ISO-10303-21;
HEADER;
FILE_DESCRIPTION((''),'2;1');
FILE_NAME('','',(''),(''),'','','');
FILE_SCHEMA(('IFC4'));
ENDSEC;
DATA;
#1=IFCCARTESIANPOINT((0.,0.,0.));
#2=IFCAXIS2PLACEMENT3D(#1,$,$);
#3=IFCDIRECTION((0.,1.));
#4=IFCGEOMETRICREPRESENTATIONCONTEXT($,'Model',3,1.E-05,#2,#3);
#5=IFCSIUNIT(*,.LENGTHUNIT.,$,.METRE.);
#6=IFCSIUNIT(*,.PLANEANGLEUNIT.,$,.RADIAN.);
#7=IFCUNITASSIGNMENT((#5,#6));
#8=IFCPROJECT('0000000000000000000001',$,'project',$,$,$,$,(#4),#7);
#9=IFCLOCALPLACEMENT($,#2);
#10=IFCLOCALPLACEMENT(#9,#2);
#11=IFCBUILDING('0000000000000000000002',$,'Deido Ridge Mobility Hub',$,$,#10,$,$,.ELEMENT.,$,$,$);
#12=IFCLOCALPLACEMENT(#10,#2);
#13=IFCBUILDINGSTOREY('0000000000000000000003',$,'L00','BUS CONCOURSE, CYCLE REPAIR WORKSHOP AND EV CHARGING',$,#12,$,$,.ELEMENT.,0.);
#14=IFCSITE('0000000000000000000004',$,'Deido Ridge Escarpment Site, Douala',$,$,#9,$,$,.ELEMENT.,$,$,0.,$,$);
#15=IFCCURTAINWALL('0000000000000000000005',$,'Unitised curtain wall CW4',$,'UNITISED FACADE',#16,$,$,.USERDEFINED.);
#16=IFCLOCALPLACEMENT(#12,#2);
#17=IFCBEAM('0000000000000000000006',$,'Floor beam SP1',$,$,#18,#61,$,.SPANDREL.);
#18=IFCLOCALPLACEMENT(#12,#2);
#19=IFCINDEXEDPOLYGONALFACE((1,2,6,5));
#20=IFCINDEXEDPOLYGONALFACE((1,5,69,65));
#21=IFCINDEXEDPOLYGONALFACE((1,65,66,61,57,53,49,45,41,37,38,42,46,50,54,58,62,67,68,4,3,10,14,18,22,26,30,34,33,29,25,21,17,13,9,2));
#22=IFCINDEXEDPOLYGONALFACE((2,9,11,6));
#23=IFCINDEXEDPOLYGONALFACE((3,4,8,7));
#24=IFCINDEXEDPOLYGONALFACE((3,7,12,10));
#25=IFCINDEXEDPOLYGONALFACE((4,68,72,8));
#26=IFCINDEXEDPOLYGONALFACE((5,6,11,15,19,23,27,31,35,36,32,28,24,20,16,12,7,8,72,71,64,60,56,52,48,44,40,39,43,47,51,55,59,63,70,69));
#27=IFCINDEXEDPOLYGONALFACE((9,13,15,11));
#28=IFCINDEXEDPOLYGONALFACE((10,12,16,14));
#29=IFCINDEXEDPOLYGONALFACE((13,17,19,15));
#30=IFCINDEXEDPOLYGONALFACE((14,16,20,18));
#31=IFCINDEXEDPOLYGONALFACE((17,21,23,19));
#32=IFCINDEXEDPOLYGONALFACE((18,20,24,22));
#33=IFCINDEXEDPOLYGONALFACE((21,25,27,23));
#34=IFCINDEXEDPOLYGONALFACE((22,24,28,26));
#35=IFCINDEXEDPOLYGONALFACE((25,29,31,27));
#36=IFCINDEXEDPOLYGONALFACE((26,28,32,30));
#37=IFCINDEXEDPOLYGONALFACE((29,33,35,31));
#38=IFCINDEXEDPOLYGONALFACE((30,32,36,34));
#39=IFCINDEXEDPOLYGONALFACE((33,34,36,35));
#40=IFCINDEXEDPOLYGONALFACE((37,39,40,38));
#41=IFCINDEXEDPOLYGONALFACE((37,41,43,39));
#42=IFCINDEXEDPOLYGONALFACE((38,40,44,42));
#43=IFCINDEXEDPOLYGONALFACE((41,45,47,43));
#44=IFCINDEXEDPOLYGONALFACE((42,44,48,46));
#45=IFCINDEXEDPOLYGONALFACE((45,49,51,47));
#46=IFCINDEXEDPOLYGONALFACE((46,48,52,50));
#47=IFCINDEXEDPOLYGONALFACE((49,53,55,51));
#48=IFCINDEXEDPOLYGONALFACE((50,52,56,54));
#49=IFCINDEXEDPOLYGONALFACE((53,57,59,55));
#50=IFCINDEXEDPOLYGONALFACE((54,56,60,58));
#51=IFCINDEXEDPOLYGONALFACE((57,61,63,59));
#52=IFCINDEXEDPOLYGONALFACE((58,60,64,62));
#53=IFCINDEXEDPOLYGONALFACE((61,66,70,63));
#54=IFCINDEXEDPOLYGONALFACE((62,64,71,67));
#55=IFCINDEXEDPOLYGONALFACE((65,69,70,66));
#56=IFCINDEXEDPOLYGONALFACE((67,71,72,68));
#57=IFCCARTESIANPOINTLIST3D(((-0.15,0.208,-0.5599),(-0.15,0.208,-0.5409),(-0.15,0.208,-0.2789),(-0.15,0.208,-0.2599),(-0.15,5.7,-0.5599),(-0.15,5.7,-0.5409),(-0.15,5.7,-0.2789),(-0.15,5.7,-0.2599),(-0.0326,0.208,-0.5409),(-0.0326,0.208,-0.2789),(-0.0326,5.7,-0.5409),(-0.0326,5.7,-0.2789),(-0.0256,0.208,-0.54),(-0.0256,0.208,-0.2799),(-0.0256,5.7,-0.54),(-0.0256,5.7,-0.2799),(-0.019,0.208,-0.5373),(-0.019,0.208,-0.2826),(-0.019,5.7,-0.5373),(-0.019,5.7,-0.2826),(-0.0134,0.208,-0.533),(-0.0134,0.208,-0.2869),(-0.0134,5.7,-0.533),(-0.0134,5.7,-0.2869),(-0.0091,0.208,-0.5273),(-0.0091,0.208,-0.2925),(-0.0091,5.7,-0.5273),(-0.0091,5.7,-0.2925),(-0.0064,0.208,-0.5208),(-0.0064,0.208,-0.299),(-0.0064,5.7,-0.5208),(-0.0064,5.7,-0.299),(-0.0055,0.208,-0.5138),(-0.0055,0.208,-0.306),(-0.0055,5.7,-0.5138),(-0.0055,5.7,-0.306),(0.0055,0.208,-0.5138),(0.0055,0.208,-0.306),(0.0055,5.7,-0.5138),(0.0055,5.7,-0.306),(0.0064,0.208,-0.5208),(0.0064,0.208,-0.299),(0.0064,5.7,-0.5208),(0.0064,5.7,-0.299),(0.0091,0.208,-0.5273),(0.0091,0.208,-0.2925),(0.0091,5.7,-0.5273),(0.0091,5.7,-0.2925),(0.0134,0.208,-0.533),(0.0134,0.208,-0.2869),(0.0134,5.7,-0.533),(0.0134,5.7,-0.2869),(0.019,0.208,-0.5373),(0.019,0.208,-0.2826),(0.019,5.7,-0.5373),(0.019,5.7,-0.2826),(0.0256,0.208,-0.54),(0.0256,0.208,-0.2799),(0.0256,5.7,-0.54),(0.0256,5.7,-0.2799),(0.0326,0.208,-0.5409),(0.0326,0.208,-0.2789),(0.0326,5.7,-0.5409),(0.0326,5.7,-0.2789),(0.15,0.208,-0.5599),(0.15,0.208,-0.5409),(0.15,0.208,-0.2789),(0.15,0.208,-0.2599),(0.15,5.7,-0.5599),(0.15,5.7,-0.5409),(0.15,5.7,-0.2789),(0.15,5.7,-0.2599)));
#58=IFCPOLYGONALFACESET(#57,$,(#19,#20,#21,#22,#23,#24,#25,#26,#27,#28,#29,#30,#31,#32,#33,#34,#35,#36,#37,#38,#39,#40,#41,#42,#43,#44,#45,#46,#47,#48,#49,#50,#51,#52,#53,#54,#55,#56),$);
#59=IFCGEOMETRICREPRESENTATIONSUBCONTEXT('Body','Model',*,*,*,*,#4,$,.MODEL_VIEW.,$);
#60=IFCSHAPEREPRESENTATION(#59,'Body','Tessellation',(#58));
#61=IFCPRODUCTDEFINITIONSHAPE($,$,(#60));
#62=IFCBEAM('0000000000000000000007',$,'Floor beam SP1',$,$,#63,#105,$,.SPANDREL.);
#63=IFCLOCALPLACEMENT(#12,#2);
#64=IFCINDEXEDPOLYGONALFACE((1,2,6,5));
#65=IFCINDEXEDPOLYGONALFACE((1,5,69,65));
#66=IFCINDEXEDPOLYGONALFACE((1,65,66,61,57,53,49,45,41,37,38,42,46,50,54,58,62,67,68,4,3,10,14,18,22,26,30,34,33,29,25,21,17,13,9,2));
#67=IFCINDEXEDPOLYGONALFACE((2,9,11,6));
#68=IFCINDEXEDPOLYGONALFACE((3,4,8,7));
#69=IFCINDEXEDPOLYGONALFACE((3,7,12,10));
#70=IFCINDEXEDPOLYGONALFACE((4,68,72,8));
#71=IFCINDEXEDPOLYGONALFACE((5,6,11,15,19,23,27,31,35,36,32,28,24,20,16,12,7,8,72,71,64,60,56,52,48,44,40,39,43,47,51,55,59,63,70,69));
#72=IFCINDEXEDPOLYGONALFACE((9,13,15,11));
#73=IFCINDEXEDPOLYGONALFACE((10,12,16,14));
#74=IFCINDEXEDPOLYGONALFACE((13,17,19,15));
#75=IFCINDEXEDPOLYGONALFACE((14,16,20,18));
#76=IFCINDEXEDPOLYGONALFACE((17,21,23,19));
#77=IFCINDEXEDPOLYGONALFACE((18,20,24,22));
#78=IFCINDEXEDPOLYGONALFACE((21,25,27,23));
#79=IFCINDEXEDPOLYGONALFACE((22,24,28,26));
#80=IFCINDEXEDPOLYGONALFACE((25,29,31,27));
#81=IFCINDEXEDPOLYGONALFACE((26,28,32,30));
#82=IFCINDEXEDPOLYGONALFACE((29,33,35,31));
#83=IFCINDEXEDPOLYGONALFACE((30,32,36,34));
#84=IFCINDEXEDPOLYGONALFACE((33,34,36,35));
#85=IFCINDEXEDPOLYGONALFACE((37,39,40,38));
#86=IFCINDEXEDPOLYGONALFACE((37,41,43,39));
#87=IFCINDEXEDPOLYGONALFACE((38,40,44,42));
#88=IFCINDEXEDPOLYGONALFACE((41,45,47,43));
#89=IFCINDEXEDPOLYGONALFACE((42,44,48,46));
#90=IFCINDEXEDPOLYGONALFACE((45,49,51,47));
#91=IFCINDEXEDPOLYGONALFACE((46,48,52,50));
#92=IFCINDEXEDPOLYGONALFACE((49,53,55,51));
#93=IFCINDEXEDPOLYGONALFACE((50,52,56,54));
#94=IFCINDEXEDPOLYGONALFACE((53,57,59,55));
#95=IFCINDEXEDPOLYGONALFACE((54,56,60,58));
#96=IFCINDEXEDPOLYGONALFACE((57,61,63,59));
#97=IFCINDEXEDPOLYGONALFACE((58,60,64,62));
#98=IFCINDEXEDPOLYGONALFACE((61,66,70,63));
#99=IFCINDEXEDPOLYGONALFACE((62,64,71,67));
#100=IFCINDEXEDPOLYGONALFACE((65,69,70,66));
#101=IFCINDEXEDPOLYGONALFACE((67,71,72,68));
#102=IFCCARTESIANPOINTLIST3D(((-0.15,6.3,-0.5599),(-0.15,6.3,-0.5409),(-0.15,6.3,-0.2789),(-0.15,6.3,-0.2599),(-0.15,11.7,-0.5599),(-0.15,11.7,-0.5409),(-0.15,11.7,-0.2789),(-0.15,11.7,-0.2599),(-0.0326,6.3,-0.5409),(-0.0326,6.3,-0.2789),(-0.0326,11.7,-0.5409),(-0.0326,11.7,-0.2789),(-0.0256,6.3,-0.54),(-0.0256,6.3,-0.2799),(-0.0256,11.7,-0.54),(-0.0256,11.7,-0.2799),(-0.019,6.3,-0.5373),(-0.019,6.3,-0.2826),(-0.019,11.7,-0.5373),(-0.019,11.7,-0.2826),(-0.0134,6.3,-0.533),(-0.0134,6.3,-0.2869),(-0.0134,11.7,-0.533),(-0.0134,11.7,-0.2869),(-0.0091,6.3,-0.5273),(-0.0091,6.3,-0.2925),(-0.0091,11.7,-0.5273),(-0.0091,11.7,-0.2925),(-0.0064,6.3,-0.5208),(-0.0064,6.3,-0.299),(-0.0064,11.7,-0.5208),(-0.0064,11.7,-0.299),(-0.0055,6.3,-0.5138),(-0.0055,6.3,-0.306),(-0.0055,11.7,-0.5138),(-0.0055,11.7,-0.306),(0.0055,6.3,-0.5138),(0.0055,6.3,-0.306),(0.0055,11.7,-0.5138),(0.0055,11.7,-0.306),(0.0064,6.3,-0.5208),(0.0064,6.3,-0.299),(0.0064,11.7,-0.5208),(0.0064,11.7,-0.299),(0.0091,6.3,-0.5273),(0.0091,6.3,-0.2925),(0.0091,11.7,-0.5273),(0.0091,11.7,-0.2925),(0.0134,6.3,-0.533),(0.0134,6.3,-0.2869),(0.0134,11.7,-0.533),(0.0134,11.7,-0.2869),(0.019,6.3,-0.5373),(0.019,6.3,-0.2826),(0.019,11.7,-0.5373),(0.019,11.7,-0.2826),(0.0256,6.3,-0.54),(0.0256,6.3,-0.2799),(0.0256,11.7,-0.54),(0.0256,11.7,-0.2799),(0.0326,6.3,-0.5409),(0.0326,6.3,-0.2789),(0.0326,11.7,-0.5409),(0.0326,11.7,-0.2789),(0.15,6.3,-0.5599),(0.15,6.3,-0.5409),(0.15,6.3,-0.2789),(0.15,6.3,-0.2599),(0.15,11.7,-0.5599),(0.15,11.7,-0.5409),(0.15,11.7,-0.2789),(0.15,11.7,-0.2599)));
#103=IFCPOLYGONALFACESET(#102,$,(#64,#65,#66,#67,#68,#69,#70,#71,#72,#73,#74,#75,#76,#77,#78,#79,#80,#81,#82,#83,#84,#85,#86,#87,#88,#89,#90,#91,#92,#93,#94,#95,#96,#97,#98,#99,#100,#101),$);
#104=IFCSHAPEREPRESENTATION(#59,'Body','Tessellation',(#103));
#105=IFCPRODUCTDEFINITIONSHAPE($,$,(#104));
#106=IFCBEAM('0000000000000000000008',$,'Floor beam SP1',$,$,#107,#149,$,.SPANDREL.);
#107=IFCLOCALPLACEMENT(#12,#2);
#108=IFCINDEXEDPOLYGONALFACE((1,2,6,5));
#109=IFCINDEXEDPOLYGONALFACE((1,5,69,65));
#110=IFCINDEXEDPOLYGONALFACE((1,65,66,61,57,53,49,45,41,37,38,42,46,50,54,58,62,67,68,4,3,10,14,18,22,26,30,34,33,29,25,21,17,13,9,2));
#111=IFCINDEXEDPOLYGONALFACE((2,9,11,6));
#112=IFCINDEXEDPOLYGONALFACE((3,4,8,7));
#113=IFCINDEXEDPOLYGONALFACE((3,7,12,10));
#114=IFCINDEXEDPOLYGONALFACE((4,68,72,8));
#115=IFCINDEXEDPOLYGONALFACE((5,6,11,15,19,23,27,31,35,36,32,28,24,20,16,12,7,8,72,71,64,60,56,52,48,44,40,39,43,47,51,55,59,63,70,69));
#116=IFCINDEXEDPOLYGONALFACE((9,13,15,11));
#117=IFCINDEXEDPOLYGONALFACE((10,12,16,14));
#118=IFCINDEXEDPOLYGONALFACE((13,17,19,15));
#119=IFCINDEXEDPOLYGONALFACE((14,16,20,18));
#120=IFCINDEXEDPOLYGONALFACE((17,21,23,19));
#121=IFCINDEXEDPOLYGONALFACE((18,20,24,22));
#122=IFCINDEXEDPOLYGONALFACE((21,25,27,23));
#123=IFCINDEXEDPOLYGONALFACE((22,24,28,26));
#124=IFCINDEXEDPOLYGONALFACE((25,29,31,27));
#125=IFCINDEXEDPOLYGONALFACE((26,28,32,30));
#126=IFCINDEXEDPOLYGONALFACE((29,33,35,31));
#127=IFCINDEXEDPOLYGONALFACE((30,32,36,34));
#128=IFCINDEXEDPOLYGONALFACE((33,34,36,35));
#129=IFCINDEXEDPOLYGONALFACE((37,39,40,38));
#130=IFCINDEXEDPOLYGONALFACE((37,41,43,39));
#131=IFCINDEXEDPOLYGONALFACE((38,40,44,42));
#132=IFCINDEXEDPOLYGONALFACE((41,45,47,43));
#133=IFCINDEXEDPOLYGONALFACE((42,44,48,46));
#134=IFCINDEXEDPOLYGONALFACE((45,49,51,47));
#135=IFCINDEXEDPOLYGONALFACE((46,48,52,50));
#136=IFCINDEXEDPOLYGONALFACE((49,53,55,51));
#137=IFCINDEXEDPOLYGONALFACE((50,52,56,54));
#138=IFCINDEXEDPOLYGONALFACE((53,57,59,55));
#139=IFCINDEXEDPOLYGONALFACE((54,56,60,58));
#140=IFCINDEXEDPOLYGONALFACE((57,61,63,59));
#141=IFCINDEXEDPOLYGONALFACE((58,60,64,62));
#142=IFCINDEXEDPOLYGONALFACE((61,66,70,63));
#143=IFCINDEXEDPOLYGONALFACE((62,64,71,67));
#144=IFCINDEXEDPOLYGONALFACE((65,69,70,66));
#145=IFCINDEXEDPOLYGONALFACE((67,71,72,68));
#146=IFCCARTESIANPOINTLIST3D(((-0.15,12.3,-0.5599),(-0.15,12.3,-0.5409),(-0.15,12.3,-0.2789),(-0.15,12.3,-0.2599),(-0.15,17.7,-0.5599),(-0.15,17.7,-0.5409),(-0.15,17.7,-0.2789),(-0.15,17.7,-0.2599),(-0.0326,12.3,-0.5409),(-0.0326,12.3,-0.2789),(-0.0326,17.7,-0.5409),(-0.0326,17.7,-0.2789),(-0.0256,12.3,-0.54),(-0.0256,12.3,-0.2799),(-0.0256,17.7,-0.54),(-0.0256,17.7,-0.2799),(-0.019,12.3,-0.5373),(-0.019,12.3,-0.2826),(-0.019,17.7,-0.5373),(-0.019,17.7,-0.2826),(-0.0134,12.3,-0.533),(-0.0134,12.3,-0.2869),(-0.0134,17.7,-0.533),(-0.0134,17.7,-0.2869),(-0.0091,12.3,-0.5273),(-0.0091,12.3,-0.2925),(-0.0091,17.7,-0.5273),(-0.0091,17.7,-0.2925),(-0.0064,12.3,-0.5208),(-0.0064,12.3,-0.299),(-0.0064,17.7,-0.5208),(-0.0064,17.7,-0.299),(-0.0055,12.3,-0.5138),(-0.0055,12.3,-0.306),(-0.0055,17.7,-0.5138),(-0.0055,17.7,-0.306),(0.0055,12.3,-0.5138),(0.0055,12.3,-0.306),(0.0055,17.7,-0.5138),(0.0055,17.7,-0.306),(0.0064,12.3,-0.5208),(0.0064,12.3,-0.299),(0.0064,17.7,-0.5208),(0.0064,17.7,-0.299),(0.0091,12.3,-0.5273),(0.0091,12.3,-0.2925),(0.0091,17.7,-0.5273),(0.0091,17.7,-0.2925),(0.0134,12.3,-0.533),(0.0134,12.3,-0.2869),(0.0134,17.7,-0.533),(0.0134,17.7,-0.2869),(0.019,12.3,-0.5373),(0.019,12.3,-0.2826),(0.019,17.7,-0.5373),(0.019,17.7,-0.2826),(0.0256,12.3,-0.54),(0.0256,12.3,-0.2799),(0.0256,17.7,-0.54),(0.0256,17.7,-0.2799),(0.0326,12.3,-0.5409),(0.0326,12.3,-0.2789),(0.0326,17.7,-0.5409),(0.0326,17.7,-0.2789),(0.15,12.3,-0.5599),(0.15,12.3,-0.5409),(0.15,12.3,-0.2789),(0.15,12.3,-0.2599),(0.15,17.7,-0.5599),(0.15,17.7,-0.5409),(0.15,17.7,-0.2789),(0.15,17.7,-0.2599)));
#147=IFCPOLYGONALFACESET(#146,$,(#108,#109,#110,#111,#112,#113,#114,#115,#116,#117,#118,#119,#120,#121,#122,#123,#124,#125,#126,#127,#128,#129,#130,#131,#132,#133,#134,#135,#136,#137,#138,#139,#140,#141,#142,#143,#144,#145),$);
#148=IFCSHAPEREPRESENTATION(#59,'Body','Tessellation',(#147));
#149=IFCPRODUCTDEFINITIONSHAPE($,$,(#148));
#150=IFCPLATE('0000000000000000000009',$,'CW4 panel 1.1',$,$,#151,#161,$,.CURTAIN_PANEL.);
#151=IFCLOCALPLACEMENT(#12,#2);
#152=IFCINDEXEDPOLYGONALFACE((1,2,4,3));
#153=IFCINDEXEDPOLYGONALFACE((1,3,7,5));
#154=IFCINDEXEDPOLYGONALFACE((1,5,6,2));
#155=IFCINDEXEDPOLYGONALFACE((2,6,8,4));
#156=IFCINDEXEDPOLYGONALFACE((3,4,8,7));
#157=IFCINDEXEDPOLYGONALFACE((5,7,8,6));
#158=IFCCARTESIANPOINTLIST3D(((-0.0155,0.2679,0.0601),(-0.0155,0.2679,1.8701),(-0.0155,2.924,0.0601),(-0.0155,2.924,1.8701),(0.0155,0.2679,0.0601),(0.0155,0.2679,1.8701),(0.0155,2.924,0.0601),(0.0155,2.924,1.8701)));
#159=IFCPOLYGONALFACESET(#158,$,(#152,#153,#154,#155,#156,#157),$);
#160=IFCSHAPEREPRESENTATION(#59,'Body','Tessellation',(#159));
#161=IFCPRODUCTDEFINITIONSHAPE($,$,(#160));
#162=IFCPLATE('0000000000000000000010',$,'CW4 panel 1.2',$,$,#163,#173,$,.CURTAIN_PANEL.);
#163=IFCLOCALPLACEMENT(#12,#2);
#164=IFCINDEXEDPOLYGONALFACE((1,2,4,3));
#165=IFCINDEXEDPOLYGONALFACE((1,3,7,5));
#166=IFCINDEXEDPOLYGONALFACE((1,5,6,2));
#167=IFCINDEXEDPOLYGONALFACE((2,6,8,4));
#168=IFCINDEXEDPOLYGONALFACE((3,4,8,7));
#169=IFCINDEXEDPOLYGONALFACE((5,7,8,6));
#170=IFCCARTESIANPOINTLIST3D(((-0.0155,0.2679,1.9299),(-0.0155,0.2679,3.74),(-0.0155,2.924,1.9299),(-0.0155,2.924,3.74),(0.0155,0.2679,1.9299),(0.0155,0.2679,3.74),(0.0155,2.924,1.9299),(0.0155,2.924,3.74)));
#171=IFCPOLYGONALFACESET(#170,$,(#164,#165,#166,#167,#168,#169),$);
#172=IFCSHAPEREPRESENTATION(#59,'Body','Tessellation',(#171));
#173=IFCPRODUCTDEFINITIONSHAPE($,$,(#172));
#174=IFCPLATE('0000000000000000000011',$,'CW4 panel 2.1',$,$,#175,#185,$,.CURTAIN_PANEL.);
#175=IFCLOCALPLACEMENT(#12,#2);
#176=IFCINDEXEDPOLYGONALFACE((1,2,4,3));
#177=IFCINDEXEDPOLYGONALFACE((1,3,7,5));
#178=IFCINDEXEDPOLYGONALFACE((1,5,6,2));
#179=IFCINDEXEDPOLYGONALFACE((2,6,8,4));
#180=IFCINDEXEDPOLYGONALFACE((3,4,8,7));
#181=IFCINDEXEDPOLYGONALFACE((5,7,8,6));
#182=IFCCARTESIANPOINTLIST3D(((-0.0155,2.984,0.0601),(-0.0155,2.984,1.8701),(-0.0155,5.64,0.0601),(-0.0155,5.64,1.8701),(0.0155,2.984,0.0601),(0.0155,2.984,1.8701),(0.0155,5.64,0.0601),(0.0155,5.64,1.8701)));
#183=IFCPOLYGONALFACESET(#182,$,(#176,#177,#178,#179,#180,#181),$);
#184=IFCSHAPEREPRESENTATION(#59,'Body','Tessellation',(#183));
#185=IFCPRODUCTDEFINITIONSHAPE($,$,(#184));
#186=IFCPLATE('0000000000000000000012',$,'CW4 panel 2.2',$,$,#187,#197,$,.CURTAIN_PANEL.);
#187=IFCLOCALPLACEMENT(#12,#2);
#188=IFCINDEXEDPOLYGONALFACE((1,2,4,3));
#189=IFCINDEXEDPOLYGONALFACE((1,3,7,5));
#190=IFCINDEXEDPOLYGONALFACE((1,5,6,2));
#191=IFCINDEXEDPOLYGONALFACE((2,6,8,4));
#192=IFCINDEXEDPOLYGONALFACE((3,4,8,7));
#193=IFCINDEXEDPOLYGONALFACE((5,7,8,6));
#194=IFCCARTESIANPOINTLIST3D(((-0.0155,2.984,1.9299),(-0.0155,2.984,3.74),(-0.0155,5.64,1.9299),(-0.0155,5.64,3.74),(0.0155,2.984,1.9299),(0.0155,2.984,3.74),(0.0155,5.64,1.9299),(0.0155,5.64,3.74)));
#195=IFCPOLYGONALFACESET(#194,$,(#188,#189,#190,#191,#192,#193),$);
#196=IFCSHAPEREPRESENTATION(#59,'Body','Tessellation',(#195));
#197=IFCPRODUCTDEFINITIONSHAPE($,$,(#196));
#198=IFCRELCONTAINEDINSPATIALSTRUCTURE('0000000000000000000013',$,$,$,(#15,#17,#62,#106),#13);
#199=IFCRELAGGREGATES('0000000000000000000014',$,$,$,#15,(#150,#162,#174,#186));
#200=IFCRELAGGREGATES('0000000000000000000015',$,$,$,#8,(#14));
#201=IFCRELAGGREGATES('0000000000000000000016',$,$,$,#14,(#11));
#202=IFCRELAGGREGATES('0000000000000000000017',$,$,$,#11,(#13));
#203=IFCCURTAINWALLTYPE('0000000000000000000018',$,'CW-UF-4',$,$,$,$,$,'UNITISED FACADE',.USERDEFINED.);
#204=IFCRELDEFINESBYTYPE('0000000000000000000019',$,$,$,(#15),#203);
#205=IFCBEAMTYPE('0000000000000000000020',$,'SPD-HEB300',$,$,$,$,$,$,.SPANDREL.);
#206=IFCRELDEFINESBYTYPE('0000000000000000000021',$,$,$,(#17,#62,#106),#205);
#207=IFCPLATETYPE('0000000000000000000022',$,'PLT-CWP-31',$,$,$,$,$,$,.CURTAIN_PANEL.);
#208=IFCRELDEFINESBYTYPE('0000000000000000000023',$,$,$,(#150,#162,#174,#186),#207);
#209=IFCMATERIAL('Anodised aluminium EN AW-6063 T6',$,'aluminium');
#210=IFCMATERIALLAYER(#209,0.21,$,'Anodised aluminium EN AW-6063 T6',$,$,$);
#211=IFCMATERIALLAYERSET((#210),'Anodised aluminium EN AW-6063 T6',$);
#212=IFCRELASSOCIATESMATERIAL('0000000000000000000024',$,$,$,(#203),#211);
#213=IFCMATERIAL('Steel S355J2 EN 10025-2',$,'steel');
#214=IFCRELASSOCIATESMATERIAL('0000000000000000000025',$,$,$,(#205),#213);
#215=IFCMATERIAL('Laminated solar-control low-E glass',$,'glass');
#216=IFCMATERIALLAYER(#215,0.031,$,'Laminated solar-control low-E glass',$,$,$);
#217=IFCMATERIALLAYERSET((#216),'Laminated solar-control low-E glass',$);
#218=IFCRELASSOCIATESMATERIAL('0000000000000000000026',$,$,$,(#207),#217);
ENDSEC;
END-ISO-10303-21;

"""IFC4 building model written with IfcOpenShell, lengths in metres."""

from ifc_helpers import new_model, si_unit, direction, frame, origin, origin_2d, place, context, subcontext, project, spatial, rectangle, i_section, extrude, material, layer, layer_set, material_profile, profile_set, type_object, element, aggregate, save


model = new_model("IFC4")

# Units and contexts
model_context = context("Model", 3, precision=1e-05, world=origin(), true_north=direction((0.0, 1.0)))
body_context = subcontext(model_context, "Body", "Model", "MODEL_VIEW")
ifc_project = project(units=[si_unit("LENGTHUNIT", "METRE"), si_unit("PLANEANGLEUNIT", "RADIAN")], contexts=[model_context])

# Site, building, storey
site_placement = place(None, origin())
site = spatial("IfcSite", under=ifc_project, at=site_placement, Name="Deido Ridge Escarpment Site, Douala", CompositionType="ELEMENT", RefElevation=0.0)
building_placement = place(site_placement, origin())
building = spatial("IfcBuilding", under=site, at=building_placement, Name="Deido Ridge Mobility Hub", CompositionType="ELEMENT")
storey_placement = place(building_placement, origin())
storey = spatial("IfcBuildingStorey", under=building, at=storey_placement, Name="L00", Description="BUS CONCOURSE, CYCLE REPAIR WORKSHOP AND EV CHARGING", CompositionType="ELEMENT", Elevation=0.0)

# Shared definitions
ifc_material_1 = material(Name="Steel S355J2 EN 10025-2", Category="steel")

# Curtain wall
ifc_material_2 = material(Name="Anodised aluminium EN AW-6063 T6", Category="aluminium")
ifc_layer_1 = layer(ifc_material_2, 0.21, Name="Anodised aluminium EN AW-6063 T6")
ifc_layer_set_1 = layer_set([ifc_layer_1], Name="Anodised aluminium EN AW-6063 T6")
curtain_wall_type_1 = type_object("IfcCurtainWallType", Name="CW-UF-4", ElementType="UNITISED FACADE", PredefinedType="USERDEFINED", material=ifc_layer_set_1)
curtain_wall_1_placement = place(storey_placement, origin())
curtain_wall_1 = element("IfcCurtainWall", 1, at=curtain_wall_1_placement, inside=storey, type_object=curtain_wall_type_1, Name="Unitised curtain wall CW4", ObjectType="UNITISED FACADE", PredefinedType="USERDEFINED")

# Beams
ifc_material_profile_1 = material_profile(ifc_material_1, i_section(OverallWidth=0.3, OverallDepth=0.3, WebThickness=0.011, FlangeThickness=0.019, FilletRadius=0.0271, at=origin_2d()), Name="HEB 300")
ifc_profile_set_1 = profile_set([ifc_material_profile_1], Name="Steel S355J2 EN 10025-2")
beam_type = type_object("IfcBeamType", Name="SPD-HEB300", PredefinedType="SPANDREL", material=ifc_profile_set_1)
beam_placement = place(storey_placement, frame((0.0, 0.208, -0.4099), z_axis=(0.0, 1.0, 0.0), x_axis=(-1.0, 0.0, 0.0)))
element("IfcBeam", 2, at=beam_placement, inside=storey, type_object=beam_type, Name="Floor beam SP1", PredefinedType="SPANDREL", context=body_context, shape_type="SweptSolid", body=[
    extrude(i_section(OverallWidth=0.3, OverallDepth=0.3, WebThickness=0.011, FlangeThickness=0.019, FilletRadius=0.0271, at=origin_2d()), origin(), (0.0, 0.0, 1.0), 5.4919),
])
for number, where, z_axis, x_axis, name in (
    (3, (0.0, 6.3, -0.4099), (0.0, 1.0, 0.0), (-1.0, 0.0, 0.0), "Floor beam SP1"),
    (4, (0.0, 12.3, -0.4099), (0.0, 1.0, 0.0), (-1.0, 0.0, 0.0), "Floor beam SP1"),
):
    element("IfcBeam", number, at=place(storey_placement, frame(where, z_axis=z_axis, x_axis=x_axis)), inside=storey, type_object=beam_type, Name=name, PredefinedType="SPANDREL", context=body_context, shape_type="SweptSolid", body=[
        extrude(i_section(OverallWidth=0.3, OverallDepth=0.3, WebThickness=0.011, FlangeThickness=0.019, FilletRadius=0.0271, at=origin_2d()), origin(), (0.0, 0.0, 1.0), 5.3999),
    ])

# Plates
ifc_material_3 = material(Name="Laminated solar-control low-E glass", Category="glass")
ifc_layer_2 = layer(ifc_material_3, 0.031, Name="Laminated solar-control low-E glass")
ifc_layer_set_2 = layer_set([ifc_layer_2], Name="Laminated solar-control low-E glass")
plate_type_1 = type_object("IfcPlateType", Name="PLT-CWP-31", PredefinedType="CURTAIN_PANEL", material=ifc_layer_set_2)
plate_1_placement = place(storey_placement, frame((0.0, 1.5959, 0.0601), z_axis=(0.0, 0.0, 1.0), x_axis=(0.0, 1.0, 0.0)))
plate_1 = element("IfcPlate", 5, at=plate_1_placement, type_object=plate_type_1, Name="CW4 panel 1.1", PredefinedType="CURTAIN_PANEL", context=body_context, shape_type="SweptSolid", body=[
    extrude(rectangle(XDim=2.656, YDim=0.031, at=origin_2d()), origin(), (0.0, 0.0, 1.0), 1.8101),
])
plate_2_placement = place(storey_placement, frame((0.0, 1.5959, 1.9299), z_axis=(0.0, 0.0, 1.0), x_axis=(0.0, 1.0, 0.0)))
plate_2 = element("IfcPlate", 6, at=plate_2_placement, type_object=plate_type_1, Name="CW4 panel 1.2", PredefinedType="CURTAIN_PANEL", context=body_context, shape_type="SweptSolid", body=[
    extrude(rectangle(XDim=2.656, YDim=0.031, at=origin_2d()), origin(), (0.0, 0.0, 1.0), 1.8101),
])
plate_3_placement = place(storey_placement, frame((0.0, 4.312, 0.0601), z_axis=(0.0, 0.0, 1.0), x_axis=(0.0, 1.0, 0.0)))
plate_3 = element("IfcPlate", 7, at=plate_3_placement, type_object=plate_type_1, Name="CW4 panel 2.1", PredefinedType="CURTAIN_PANEL", context=body_context, shape_type="SweptSolid", body=[
    extrude(rectangle(XDim=2.656, YDim=0.031, at=origin_2d()), origin(), (0.0, 0.0, 1.0), 1.8101),
])
plate_4_placement = place(storey_placement, frame((0.0, 4.312, 1.9299), z_axis=(0.0, 0.0, 1.0), x_axis=(0.0, 1.0, 0.0)))
plate_4 = element("IfcPlate", 8, at=plate_4_placement, type_object=plate_type_1, Name="CW4 panel 2.2", PredefinedType="CURTAIN_PANEL", context=body_context, shape_type="SweptSolid", body=[
    extrude(rectangle(XDim=2.656, YDim=0.031, at=origin_2d()), origin(), (0.0, 0.0, 1.0), 1.8101),
])
aggregate(curtain_wall_1, [plate_1, plate_2, plate_3, plate_4])

save(model, "model.ifc")
